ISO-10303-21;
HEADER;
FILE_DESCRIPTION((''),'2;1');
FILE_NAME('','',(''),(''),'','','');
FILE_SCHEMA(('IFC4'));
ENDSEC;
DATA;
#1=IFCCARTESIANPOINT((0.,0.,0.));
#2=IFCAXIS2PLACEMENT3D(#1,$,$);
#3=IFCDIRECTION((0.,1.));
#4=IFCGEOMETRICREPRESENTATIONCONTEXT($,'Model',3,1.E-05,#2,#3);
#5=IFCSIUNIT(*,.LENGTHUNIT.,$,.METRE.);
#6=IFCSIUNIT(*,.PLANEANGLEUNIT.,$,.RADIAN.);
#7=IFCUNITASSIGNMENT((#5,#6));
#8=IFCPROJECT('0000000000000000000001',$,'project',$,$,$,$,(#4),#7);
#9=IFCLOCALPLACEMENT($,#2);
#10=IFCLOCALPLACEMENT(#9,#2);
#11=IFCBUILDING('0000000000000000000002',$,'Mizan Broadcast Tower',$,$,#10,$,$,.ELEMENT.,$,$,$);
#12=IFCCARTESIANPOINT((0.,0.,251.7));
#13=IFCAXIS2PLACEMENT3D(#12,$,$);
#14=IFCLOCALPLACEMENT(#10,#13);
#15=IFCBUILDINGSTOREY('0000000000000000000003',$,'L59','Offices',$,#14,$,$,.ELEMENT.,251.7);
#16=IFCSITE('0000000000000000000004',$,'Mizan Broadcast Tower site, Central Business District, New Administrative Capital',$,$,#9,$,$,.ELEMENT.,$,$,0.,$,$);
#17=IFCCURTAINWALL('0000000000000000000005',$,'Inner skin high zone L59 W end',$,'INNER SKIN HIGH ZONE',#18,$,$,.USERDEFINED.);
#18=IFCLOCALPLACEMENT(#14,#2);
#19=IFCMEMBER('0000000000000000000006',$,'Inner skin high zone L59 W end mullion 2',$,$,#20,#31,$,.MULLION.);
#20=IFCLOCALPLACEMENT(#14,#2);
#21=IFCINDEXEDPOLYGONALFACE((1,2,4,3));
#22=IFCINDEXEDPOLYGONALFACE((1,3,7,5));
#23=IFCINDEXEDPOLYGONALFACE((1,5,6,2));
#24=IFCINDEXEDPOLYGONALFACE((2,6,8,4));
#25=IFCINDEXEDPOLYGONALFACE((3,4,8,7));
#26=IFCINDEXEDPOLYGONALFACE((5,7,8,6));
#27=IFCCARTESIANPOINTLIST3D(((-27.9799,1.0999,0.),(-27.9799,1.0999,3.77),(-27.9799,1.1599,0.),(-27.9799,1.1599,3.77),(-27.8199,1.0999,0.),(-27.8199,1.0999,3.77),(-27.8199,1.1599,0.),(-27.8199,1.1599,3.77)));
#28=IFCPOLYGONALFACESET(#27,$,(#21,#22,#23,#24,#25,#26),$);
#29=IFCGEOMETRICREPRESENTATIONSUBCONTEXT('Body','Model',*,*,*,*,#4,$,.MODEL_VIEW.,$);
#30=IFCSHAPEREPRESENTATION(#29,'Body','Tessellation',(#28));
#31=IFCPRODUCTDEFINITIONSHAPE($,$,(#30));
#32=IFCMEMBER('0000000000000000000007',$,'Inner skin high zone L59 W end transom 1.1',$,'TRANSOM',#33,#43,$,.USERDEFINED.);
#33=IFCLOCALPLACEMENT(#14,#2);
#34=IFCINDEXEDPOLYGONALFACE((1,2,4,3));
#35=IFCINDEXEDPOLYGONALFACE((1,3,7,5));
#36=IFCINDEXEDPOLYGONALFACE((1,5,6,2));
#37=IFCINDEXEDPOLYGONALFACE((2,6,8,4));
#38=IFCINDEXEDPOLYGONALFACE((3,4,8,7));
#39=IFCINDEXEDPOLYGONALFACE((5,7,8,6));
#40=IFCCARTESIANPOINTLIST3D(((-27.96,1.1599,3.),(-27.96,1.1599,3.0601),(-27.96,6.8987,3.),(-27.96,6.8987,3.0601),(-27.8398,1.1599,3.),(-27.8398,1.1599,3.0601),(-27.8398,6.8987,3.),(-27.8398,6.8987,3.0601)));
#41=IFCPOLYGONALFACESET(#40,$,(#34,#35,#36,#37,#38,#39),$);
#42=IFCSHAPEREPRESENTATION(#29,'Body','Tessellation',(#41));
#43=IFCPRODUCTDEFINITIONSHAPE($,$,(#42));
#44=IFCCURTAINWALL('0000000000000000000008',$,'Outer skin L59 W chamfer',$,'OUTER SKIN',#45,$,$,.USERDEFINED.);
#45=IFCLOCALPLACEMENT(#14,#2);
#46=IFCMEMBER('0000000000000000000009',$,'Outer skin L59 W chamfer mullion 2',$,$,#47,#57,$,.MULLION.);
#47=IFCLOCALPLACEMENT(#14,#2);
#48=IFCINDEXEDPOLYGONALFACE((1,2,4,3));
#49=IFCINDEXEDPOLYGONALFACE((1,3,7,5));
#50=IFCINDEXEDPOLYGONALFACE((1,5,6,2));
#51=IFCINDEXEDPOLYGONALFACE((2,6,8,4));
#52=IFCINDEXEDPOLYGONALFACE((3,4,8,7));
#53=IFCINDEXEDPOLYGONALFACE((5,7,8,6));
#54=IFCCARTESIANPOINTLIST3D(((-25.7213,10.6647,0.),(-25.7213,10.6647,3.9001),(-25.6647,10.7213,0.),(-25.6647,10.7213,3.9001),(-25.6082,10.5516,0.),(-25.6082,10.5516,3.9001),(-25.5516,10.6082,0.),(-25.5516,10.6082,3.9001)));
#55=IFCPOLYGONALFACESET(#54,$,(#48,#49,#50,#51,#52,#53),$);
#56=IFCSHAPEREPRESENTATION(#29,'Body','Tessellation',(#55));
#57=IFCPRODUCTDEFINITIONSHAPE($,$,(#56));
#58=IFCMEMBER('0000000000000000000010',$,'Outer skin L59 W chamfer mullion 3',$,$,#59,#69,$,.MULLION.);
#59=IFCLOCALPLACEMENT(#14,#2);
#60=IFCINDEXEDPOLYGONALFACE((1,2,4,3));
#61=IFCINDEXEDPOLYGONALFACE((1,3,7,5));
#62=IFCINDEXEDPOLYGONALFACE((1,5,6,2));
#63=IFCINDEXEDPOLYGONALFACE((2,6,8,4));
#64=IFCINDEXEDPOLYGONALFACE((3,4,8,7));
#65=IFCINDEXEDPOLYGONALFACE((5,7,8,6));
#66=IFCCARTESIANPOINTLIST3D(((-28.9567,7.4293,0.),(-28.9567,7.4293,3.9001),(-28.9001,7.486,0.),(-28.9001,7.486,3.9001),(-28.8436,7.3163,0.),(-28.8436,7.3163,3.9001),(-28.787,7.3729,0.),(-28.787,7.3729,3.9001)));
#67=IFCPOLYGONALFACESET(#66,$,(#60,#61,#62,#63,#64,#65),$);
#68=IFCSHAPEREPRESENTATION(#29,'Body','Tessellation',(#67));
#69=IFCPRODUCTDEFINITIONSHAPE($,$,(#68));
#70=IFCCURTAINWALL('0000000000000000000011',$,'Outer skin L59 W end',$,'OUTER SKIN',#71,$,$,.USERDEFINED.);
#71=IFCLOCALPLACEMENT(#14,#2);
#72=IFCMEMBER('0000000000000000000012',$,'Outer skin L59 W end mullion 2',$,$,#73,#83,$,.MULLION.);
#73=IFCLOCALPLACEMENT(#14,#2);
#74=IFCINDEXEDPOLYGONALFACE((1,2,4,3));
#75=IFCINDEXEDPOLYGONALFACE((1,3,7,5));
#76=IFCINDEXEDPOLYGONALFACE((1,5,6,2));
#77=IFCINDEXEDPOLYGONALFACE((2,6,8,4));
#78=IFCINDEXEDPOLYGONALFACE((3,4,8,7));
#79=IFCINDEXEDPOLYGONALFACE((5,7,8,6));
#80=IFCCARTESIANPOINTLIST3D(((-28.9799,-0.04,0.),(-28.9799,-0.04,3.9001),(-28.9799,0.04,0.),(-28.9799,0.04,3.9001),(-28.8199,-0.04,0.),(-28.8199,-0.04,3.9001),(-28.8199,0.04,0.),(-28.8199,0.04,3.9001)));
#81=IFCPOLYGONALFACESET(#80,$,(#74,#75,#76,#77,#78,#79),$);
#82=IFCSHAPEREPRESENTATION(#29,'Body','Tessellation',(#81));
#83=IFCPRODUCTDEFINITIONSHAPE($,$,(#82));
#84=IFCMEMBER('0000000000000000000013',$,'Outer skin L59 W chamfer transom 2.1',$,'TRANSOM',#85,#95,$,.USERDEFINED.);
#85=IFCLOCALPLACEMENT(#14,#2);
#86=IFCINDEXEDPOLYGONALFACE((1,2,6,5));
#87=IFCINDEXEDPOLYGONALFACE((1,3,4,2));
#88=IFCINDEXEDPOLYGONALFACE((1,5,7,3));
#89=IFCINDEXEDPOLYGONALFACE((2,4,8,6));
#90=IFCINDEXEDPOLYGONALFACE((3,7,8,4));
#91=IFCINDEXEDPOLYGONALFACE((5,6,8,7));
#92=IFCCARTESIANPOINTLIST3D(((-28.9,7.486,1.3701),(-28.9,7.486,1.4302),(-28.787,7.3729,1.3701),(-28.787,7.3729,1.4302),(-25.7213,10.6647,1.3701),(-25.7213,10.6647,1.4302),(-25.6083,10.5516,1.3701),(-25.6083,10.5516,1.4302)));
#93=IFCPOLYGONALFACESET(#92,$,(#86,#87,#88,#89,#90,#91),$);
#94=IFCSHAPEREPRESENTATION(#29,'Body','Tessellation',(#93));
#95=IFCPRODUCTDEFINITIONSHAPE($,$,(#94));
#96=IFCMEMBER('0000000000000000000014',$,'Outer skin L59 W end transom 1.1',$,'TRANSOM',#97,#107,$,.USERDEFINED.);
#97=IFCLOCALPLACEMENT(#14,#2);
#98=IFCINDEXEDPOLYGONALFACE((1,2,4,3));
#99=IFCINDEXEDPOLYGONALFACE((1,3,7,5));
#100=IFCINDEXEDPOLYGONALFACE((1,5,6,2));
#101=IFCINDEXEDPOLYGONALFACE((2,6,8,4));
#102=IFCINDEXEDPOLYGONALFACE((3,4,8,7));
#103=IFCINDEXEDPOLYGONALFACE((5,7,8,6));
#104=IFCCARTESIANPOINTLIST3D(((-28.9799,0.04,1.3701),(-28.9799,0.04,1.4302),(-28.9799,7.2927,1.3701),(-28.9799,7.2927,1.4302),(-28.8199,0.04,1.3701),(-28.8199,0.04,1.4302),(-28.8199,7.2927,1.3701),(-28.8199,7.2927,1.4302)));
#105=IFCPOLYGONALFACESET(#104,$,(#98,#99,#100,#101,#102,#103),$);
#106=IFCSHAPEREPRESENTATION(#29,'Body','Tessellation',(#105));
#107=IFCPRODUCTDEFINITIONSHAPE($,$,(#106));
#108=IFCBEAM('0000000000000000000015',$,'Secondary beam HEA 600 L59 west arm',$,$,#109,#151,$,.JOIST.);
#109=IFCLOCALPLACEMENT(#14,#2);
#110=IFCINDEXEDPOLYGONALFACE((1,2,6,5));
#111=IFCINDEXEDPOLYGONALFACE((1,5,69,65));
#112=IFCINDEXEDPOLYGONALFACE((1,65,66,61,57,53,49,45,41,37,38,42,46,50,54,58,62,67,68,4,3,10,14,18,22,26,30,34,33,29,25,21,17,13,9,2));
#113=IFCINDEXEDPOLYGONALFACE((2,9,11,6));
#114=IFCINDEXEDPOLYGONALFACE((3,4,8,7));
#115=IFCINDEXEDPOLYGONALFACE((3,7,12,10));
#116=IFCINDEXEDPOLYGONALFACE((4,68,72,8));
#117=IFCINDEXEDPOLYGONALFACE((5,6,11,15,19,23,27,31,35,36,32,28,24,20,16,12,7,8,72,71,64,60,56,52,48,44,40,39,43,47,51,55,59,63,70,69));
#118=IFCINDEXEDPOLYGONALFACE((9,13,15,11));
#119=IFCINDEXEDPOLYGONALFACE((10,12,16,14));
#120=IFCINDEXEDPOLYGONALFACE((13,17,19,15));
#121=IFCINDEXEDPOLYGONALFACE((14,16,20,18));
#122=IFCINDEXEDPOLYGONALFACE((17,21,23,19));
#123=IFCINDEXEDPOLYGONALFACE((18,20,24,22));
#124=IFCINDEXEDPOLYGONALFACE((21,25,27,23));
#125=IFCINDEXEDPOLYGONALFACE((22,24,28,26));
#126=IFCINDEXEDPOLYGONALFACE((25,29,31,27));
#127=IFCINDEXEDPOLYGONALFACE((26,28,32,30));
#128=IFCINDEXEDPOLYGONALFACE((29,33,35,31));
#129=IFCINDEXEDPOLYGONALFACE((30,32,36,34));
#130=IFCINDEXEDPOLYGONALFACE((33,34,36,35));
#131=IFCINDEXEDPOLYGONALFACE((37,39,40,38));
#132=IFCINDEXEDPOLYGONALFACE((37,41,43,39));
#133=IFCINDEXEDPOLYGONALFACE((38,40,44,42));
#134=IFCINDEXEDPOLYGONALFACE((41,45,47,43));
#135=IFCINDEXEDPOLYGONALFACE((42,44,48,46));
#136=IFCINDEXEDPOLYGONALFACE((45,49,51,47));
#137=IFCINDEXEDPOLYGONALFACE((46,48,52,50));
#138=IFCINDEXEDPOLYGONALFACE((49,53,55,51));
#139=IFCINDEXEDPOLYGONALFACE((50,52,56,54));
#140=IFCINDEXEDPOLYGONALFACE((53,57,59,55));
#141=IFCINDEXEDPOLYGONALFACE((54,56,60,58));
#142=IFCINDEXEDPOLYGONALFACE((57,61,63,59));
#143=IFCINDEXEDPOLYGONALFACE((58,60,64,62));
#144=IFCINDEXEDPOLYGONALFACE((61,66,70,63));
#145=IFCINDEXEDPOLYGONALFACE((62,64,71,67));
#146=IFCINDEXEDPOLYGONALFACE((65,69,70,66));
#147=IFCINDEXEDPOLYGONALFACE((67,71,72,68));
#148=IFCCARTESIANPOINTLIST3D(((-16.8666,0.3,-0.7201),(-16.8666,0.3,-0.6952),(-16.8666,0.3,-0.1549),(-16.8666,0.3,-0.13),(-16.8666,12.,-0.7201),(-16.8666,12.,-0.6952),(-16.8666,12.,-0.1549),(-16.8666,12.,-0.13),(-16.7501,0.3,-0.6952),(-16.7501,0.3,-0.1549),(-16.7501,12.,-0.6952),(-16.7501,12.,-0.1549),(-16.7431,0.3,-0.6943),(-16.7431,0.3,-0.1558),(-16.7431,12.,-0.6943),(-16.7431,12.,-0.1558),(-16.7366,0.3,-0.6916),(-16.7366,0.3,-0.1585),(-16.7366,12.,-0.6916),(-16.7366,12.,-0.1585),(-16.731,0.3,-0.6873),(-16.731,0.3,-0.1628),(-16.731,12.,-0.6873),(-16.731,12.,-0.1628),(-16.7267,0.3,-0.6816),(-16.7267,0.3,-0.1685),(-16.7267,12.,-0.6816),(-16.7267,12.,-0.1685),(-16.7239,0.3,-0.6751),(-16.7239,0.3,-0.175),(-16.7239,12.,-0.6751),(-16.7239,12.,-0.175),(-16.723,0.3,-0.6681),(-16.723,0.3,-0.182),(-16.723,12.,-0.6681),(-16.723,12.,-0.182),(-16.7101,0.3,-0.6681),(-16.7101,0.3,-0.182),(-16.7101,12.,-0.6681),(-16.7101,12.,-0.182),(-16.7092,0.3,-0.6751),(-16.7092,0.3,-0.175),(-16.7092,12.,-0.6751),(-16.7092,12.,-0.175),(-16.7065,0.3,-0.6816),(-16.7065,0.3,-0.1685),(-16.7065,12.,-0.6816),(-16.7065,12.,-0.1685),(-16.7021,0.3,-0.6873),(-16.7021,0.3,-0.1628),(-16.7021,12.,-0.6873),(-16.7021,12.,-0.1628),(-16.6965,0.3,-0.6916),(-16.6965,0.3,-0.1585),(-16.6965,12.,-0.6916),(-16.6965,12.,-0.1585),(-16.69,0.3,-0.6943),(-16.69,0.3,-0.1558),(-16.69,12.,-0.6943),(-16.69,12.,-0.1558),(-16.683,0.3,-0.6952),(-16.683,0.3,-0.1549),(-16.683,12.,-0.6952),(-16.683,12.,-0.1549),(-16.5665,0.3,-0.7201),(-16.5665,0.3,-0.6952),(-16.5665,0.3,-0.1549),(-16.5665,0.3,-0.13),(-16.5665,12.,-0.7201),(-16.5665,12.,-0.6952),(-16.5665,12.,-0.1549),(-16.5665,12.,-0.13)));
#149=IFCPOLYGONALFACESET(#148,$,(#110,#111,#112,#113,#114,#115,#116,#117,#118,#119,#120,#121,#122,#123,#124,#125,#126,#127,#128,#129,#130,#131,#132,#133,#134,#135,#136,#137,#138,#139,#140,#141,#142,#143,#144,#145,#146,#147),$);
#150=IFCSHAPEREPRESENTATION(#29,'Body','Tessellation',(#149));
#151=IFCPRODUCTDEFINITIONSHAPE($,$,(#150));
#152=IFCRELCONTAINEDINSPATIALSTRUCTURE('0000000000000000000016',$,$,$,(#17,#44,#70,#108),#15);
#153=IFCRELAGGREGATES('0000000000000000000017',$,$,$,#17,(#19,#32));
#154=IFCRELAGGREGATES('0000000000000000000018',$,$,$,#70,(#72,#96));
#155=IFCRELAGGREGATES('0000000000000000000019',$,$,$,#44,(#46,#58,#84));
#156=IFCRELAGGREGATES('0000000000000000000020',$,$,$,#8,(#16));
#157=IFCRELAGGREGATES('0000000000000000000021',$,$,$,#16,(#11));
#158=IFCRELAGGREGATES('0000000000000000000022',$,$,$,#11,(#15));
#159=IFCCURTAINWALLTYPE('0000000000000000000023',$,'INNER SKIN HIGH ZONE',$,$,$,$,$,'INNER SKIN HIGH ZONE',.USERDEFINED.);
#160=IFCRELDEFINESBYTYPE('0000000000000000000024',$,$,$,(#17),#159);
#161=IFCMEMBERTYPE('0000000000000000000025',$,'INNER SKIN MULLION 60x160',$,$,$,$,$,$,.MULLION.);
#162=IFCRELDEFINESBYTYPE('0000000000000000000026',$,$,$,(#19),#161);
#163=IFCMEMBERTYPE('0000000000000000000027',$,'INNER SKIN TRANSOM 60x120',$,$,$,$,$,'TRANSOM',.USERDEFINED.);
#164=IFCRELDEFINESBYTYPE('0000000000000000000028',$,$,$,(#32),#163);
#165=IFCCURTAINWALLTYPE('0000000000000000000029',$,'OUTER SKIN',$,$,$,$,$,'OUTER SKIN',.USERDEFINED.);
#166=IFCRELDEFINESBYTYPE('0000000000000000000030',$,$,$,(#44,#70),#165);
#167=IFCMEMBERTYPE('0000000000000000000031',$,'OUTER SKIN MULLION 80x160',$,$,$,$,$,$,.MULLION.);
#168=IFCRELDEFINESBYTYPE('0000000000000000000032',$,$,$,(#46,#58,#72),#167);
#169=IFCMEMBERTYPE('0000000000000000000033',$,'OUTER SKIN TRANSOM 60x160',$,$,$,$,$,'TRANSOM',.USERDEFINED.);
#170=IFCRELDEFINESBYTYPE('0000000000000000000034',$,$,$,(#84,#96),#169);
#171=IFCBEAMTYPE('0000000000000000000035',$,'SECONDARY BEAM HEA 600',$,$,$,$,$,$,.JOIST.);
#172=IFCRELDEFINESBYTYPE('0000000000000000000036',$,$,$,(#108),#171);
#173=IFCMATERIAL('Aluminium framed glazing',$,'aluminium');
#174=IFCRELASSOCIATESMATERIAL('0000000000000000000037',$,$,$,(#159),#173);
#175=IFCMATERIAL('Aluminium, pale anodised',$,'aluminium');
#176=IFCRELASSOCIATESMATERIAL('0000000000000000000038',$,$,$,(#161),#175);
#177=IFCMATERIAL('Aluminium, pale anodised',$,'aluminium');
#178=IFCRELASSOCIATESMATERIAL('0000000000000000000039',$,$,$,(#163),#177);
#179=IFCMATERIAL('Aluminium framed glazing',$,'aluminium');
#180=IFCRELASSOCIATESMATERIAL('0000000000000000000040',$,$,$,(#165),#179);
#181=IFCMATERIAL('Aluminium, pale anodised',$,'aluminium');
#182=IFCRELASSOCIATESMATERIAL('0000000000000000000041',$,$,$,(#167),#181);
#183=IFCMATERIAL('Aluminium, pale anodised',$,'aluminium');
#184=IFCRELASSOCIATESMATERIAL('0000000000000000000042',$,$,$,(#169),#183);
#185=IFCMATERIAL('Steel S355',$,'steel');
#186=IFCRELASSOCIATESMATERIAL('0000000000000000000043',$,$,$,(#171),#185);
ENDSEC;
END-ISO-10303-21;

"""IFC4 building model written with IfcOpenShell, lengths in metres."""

from ifc_helpers import new_model, si_unit, direction, frame, origin, origin_2d, place, context, subcontext, project, spatial, rectangle, i_section, extrude, material, material_profile, profile_set, type_object, element, aggregate, save


model = new_model("IFC4")

# Units and contexts
model_context = context("Model", 3, precision=1e-05, world=origin(), true_north=direction((0.0, 1.0)))
body_context = subcontext(model_context, "Body", "Model", "MODEL_VIEW")
ifc_project = project(units=[si_unit("LENGTHUNIT", "METRE"), si_unit("PLANEANGLEUNIT", "RADIAN")], contexts=[model_context])

# Site, building, storey
site_placement = place(None, origin())
site = spatial("IfcSite", under=ifc_project, at=site_placement, Name="Mizan Broadcast Tower site, Central Business District, New Administrative Capital", CompositionType="ELEMENT", RefElevation=0.0)
building_placement = place(site_placement, origin())
building = spatial("IfcBuilding", under=site, at=building_placement, Name="Mizan Broadcast Tower", CompositionType="ELEMENT")
storey_placement = place(building_placement, frame((0.0, 0.0, 251.7)))
storey = spatial("IfcBuildingStorey", under=building, at=storey_placement, Name="L59", Description="Offices", CompositionType="ELEMENT", Elevation=251.7)

# Shared definitions
ifc_material_1 = material(Name="Aluminium framed glazing", Category="aluminium")
curtain_wall_type_1 = type_object("IfcCurtainWallType", Name="INNER SKIN HIGH ZONE", ElementType="INNER SKIN HIGH ZONE", PredefinedType="USERDEFINED", material=ifc_material_1)
ifc_material_2 = material(Name="Aluminium, pale anodised", Category="aluminium")
ifc_material_profile_1 = material_profile(ifc_material_2, rectangle(XDim=0.1599, YDim=0.0601, at=origin_2d()), Name="MULLION 160x60")
ifc_profile_set_1 = profile_set([ifc_material_profile_1], Name="Aluminium, pale anodised")
member_type_1 = type_object("IfcMemberType", Name="INNER SKIN MULLION 60x160", PredefinedType="MULLION", material=ifc_profile_set_1)

# Curtain walls, members
curtain_wall_1_placement = place(storey_placement, origin())
curtain_wall_1 = element("IfcCurtainWall", 1, at=curtain_wall_1_placement, inside=storey, type_object=curtain_wall_type_1, Name="Inner skin high zone L59 W end", ObjectType="INNER SKIN HIGH ZONE", PredefinedType="USERDEFINED")
member_1_placement = place(storey_placement, frame((-27.8999, 1.1299, 0.0), z_axis=(0.0, 0.0, 1.0), x_axis=(1.0, 0.0, 0.0)))
member_1 = element("IfcMember", 2, at=member_1_placement, type_object=member_type_1, Name="Inner skin high zone L59 W end mullion 2", PredefinedType="MULLION", context=body_context, shape_type="SweptSolid", body=[
    extrude(rectangle(XDim=0.1599, YDim=0.0601, at=origin_2d()), origin(), (0.0, 0.0, 1.0), 3.77),
])
ifc_material_3 = material(Name="Aluminium, pale anodised", Category="aluminium")
ifc_material_profile_2 = material_profile(ifc_material_3, rectangle(XDim=0.1201, YDim=0.0601, at=origin_2d()), Name="TRANSOM 120x60")
ifc_profile_set_2 = profile_set([ifc_material_profile_2], Name="Aluminium, pale anodised")
member_type_2 = type_object("IfcMemberType", Name="INNER SKIN TRANSOM 60x120", ElementType="TRANSOM", PredefinedType="USERDEFINED", material=ifc_profile_set_2)
member_2_placement = place(storey_placement, frame((-27.8999, 6.8987, 3.03), z_axis=(0.0, -1.0, 0.0), x_axis=(1.0, 0.0, 0.0)))
member_2 = element("IfcMember", 3, at=member_2_placement, type_object=member_type_2, Name="Inner skin high zone L59 W end transom 1.1", ObjectType="TRANSOM", PredefinedType="USERDEFINED", context=body_context, shape_type="SweptSolid", body=[
    extrude(rectangle(XDim=0.1201, YDim=0.0601, at=origin_2d()), origin(), (0.0, 0.0, 1.0), 5.7388),
])
ifc_material_4 = material(Name="Aluminium framed glazing", Category="aluminium")
curtain_wall_type_2 = type_object("IfcCurtainWallType", Name="OUTER SKIN", ElementType="OUTER SKIN", PredefinedType="USERDEFINED", material=ifc_material_4)
curtain_wall_2_placement = place(storey_placement, origin())
curtain_wall_2 = element("IfcCurtainWall", 4, at=curtain_wall_2_placement, inside=storey, type_object=curtain_wall_type_2, Name="Outer skin L59 W chamfer", ObjectType="OUTER SKIN", PredefinedType="USERDEFINED")
ifc_material_5 = material(Name="Aluminium, pale anodised", Category="aluminium")
ifc_material_profile_3 = material_profile(ifc_material_5, rectangle(XDim=0.1599, YDim=0.0801, at=origin_2d()), Name="MULLION 160x80")
ifc_profile_set_3 = profile_set([ifc_material_profile_3], Name="Aluminium, pale anodised")
member_type_3 = type_object("IfcMemberType", Name="OUTER SKIN MULLION 80x160", PredefinedType="MULLION", material=ifc_profile_set_3)
member_3_placement = place(storey_placement, frame((-25.6365, 10.6365, 0.0), z_axis=(0.0, 0.0, 1.0), x_axis=(0.707107, -0.707107, 0.0)))
member_3 = element("IfcMember", 5, at=member_3_placement, type_object=member_type_3, Name="Outer skin L59 W chamfer mullion 2", PredefinedType="MULLION", context=body_context, shape_type="SweptSolid", body=[
    extrude(rectangle(XDim=0.1599, YDim=0.0801, at=origin_2d()), origin(), (0.0, 0.0, 1.0), 3.9001),
])
member_4_placement = place(storey_placement, frame((-28.8718, 7.4011, 0.0), z_axis=(0.0, 0.0, 1.0), x_axis=(0.707107, -0.707107, 0.0)))
member_4 = element("IfcMember", 6, at=member_4_placement, type_object=member_type_3, Name="Outer skin L59 W chamfer mullion 3", PredefinedType="MULLION", context=body_context, shape_type="SweptSolid", body=[
    extrude(rectangle(XDim=0.1599, YDim=0.0801, at=origin_2d()), origin(), (0.0, 0.0, 1.0), 3.9001),
])

# Curtain wall, member
curtain_wall_3_placement = place(storey_placement, origin())
curtain_wall_3 = element("IfcCurtainWall", 7, at=curtain_wall_3_placement, inside=storey, type_object=curtain_wall_type_2, Name="Outer skin L59 W end", ObjectType="OUTER SKIN", PredefinedType="USERDEFINED")
member_5_placement = place(storey_placement, frame((-28.8999, 0.0, 0.0), z_axis=(0.0, 0.0, 1.0), x_axis=(1.0, 0.0, 0.0)))
member_5 = element("IfcMember", 8, at=member_5_placement, type_object=member_type_3, Name="Outer skin L59 W end mullion 2", PredefinedType="MULLION", context=body_context, shape_type="SweptSolid", body=[
    extrude(rectangle(XDim=0.1599, YDim=0.0801, at=origin_2d()), origin(), (0.0, 0.0, 1.0), 3.9001),
])

# Members
ifc_material_6 = material(Name="Aluminium, pale anodised", Category="aluminium")
ifc_material_profile_4 = material_profile(ifc_material_6, rectangle(XDim=0.1599, YDim=0.0601, at=origin_2d()), Name="TRANSOM 160x60")
ifc_profile_set_4 = profile_set([ifc_material_profile_4], Name="Aluminium, pale anodised")
member_type_4 = type_object("IfcMemberType", Name="OUTER SKIN TRANSOM 60x160", ElementType="TRANSOM", PredefinedType="USERDEFINED", material=ifc_profile_set_4)
member_6_placement = place(storey_placement, frame((-25.6648, 10.6082, 1.4001), z_axis=(-0.707107, -0.707107, 0.0), x_axis=(0.707107, -0.707107, 0.0)))
member_6 = element("IfcMember", 9, at=member_6_placement, type_object=member_type_4, Name="Outer skin L59 W chamfer transom 2.1", ObjectType="TRANSOM", PredefinedType="USERDEFINED", context=body_context, shape_type="SweptSolid", body=[
    extrude(rectangle(XDim=0.1599, YDim=0.0601, at=origin_2d()), origin(), (0.0, 0.0, 1.0), 4.4954),
])
member_7_placement = place(storey_placement, frame((-28.8999, 7.2927, 1.4001), z_axis=(0.0, -1.0, 0.0), x_axis=(1.0, 0.0, 0.0)))
member_7 = element("IfcMember", 10, at=member_7_placement, type_object=member_type_4, Name="Outer skin L59 W end transom 1.1", ObjectType="TRANSOM", PredefinedType="USERDEFINED", context=body_context, shape_type="SweptSolid", body=[
    extrude(rectangle(XDim=0.1599, YDim=0.0601, at=origin_2d()), origin(), (0.0, 0.0, 1.0), 7.2527),
])

# Beam
ifc_material_7 = material(Name="Steel S355", Category="steel")
ifc_material_profile_5 = material_profile(ifc_material_7, i_section(OverallWidth=0.3, OverallDepth=0.5901, WebThickness=0.0129, FlangeThickness=0.0249, FilletRadius=0.0271, at=origin_2d()), Name="HEA 600")
ifc_profile_set_5 = profile_set([ifc_material_profile_5], Name="Steel S355")
beam_type_1 = type_object("IfcBeamType", Name="SECONDARY BEAM HEA 600", PredefinedType="JOIST", material=ifc_profile_set_5)
beam_1_placement = place(storey_placement, frame((-16.7166, 12.0, -0.425), z_axis=(0.0, -1.0, 0.0), x_axis=(1.0, 0.0, 0.0)))
element("IfcBeam", 11, at=beam_1_placement, inside=storey, type_object=beam_type_1, Name="Secondary beam HEA 600 L59 west arm", PredefinedType="JOIST", context=body_context, shape_type="SweptSolid", body=[
    extrude(i_section(OverallWidth=0.3, OverallDepth=0.5901, WebThickness=0.0129, FlangeThickness=0.0249, FilletRadius=0.0271, at=origin_2d()), origin(), (0.0, 0.0, 1.0), 11.7),
])

aggregate(curtain_wall_1, [member_1, member_2])
aggregate(curtain_wall_3, [member_5, member_7])
aggregate(curtain_wall_2, [member_3, member_4, member_6])

save(model, "model.ifc")
